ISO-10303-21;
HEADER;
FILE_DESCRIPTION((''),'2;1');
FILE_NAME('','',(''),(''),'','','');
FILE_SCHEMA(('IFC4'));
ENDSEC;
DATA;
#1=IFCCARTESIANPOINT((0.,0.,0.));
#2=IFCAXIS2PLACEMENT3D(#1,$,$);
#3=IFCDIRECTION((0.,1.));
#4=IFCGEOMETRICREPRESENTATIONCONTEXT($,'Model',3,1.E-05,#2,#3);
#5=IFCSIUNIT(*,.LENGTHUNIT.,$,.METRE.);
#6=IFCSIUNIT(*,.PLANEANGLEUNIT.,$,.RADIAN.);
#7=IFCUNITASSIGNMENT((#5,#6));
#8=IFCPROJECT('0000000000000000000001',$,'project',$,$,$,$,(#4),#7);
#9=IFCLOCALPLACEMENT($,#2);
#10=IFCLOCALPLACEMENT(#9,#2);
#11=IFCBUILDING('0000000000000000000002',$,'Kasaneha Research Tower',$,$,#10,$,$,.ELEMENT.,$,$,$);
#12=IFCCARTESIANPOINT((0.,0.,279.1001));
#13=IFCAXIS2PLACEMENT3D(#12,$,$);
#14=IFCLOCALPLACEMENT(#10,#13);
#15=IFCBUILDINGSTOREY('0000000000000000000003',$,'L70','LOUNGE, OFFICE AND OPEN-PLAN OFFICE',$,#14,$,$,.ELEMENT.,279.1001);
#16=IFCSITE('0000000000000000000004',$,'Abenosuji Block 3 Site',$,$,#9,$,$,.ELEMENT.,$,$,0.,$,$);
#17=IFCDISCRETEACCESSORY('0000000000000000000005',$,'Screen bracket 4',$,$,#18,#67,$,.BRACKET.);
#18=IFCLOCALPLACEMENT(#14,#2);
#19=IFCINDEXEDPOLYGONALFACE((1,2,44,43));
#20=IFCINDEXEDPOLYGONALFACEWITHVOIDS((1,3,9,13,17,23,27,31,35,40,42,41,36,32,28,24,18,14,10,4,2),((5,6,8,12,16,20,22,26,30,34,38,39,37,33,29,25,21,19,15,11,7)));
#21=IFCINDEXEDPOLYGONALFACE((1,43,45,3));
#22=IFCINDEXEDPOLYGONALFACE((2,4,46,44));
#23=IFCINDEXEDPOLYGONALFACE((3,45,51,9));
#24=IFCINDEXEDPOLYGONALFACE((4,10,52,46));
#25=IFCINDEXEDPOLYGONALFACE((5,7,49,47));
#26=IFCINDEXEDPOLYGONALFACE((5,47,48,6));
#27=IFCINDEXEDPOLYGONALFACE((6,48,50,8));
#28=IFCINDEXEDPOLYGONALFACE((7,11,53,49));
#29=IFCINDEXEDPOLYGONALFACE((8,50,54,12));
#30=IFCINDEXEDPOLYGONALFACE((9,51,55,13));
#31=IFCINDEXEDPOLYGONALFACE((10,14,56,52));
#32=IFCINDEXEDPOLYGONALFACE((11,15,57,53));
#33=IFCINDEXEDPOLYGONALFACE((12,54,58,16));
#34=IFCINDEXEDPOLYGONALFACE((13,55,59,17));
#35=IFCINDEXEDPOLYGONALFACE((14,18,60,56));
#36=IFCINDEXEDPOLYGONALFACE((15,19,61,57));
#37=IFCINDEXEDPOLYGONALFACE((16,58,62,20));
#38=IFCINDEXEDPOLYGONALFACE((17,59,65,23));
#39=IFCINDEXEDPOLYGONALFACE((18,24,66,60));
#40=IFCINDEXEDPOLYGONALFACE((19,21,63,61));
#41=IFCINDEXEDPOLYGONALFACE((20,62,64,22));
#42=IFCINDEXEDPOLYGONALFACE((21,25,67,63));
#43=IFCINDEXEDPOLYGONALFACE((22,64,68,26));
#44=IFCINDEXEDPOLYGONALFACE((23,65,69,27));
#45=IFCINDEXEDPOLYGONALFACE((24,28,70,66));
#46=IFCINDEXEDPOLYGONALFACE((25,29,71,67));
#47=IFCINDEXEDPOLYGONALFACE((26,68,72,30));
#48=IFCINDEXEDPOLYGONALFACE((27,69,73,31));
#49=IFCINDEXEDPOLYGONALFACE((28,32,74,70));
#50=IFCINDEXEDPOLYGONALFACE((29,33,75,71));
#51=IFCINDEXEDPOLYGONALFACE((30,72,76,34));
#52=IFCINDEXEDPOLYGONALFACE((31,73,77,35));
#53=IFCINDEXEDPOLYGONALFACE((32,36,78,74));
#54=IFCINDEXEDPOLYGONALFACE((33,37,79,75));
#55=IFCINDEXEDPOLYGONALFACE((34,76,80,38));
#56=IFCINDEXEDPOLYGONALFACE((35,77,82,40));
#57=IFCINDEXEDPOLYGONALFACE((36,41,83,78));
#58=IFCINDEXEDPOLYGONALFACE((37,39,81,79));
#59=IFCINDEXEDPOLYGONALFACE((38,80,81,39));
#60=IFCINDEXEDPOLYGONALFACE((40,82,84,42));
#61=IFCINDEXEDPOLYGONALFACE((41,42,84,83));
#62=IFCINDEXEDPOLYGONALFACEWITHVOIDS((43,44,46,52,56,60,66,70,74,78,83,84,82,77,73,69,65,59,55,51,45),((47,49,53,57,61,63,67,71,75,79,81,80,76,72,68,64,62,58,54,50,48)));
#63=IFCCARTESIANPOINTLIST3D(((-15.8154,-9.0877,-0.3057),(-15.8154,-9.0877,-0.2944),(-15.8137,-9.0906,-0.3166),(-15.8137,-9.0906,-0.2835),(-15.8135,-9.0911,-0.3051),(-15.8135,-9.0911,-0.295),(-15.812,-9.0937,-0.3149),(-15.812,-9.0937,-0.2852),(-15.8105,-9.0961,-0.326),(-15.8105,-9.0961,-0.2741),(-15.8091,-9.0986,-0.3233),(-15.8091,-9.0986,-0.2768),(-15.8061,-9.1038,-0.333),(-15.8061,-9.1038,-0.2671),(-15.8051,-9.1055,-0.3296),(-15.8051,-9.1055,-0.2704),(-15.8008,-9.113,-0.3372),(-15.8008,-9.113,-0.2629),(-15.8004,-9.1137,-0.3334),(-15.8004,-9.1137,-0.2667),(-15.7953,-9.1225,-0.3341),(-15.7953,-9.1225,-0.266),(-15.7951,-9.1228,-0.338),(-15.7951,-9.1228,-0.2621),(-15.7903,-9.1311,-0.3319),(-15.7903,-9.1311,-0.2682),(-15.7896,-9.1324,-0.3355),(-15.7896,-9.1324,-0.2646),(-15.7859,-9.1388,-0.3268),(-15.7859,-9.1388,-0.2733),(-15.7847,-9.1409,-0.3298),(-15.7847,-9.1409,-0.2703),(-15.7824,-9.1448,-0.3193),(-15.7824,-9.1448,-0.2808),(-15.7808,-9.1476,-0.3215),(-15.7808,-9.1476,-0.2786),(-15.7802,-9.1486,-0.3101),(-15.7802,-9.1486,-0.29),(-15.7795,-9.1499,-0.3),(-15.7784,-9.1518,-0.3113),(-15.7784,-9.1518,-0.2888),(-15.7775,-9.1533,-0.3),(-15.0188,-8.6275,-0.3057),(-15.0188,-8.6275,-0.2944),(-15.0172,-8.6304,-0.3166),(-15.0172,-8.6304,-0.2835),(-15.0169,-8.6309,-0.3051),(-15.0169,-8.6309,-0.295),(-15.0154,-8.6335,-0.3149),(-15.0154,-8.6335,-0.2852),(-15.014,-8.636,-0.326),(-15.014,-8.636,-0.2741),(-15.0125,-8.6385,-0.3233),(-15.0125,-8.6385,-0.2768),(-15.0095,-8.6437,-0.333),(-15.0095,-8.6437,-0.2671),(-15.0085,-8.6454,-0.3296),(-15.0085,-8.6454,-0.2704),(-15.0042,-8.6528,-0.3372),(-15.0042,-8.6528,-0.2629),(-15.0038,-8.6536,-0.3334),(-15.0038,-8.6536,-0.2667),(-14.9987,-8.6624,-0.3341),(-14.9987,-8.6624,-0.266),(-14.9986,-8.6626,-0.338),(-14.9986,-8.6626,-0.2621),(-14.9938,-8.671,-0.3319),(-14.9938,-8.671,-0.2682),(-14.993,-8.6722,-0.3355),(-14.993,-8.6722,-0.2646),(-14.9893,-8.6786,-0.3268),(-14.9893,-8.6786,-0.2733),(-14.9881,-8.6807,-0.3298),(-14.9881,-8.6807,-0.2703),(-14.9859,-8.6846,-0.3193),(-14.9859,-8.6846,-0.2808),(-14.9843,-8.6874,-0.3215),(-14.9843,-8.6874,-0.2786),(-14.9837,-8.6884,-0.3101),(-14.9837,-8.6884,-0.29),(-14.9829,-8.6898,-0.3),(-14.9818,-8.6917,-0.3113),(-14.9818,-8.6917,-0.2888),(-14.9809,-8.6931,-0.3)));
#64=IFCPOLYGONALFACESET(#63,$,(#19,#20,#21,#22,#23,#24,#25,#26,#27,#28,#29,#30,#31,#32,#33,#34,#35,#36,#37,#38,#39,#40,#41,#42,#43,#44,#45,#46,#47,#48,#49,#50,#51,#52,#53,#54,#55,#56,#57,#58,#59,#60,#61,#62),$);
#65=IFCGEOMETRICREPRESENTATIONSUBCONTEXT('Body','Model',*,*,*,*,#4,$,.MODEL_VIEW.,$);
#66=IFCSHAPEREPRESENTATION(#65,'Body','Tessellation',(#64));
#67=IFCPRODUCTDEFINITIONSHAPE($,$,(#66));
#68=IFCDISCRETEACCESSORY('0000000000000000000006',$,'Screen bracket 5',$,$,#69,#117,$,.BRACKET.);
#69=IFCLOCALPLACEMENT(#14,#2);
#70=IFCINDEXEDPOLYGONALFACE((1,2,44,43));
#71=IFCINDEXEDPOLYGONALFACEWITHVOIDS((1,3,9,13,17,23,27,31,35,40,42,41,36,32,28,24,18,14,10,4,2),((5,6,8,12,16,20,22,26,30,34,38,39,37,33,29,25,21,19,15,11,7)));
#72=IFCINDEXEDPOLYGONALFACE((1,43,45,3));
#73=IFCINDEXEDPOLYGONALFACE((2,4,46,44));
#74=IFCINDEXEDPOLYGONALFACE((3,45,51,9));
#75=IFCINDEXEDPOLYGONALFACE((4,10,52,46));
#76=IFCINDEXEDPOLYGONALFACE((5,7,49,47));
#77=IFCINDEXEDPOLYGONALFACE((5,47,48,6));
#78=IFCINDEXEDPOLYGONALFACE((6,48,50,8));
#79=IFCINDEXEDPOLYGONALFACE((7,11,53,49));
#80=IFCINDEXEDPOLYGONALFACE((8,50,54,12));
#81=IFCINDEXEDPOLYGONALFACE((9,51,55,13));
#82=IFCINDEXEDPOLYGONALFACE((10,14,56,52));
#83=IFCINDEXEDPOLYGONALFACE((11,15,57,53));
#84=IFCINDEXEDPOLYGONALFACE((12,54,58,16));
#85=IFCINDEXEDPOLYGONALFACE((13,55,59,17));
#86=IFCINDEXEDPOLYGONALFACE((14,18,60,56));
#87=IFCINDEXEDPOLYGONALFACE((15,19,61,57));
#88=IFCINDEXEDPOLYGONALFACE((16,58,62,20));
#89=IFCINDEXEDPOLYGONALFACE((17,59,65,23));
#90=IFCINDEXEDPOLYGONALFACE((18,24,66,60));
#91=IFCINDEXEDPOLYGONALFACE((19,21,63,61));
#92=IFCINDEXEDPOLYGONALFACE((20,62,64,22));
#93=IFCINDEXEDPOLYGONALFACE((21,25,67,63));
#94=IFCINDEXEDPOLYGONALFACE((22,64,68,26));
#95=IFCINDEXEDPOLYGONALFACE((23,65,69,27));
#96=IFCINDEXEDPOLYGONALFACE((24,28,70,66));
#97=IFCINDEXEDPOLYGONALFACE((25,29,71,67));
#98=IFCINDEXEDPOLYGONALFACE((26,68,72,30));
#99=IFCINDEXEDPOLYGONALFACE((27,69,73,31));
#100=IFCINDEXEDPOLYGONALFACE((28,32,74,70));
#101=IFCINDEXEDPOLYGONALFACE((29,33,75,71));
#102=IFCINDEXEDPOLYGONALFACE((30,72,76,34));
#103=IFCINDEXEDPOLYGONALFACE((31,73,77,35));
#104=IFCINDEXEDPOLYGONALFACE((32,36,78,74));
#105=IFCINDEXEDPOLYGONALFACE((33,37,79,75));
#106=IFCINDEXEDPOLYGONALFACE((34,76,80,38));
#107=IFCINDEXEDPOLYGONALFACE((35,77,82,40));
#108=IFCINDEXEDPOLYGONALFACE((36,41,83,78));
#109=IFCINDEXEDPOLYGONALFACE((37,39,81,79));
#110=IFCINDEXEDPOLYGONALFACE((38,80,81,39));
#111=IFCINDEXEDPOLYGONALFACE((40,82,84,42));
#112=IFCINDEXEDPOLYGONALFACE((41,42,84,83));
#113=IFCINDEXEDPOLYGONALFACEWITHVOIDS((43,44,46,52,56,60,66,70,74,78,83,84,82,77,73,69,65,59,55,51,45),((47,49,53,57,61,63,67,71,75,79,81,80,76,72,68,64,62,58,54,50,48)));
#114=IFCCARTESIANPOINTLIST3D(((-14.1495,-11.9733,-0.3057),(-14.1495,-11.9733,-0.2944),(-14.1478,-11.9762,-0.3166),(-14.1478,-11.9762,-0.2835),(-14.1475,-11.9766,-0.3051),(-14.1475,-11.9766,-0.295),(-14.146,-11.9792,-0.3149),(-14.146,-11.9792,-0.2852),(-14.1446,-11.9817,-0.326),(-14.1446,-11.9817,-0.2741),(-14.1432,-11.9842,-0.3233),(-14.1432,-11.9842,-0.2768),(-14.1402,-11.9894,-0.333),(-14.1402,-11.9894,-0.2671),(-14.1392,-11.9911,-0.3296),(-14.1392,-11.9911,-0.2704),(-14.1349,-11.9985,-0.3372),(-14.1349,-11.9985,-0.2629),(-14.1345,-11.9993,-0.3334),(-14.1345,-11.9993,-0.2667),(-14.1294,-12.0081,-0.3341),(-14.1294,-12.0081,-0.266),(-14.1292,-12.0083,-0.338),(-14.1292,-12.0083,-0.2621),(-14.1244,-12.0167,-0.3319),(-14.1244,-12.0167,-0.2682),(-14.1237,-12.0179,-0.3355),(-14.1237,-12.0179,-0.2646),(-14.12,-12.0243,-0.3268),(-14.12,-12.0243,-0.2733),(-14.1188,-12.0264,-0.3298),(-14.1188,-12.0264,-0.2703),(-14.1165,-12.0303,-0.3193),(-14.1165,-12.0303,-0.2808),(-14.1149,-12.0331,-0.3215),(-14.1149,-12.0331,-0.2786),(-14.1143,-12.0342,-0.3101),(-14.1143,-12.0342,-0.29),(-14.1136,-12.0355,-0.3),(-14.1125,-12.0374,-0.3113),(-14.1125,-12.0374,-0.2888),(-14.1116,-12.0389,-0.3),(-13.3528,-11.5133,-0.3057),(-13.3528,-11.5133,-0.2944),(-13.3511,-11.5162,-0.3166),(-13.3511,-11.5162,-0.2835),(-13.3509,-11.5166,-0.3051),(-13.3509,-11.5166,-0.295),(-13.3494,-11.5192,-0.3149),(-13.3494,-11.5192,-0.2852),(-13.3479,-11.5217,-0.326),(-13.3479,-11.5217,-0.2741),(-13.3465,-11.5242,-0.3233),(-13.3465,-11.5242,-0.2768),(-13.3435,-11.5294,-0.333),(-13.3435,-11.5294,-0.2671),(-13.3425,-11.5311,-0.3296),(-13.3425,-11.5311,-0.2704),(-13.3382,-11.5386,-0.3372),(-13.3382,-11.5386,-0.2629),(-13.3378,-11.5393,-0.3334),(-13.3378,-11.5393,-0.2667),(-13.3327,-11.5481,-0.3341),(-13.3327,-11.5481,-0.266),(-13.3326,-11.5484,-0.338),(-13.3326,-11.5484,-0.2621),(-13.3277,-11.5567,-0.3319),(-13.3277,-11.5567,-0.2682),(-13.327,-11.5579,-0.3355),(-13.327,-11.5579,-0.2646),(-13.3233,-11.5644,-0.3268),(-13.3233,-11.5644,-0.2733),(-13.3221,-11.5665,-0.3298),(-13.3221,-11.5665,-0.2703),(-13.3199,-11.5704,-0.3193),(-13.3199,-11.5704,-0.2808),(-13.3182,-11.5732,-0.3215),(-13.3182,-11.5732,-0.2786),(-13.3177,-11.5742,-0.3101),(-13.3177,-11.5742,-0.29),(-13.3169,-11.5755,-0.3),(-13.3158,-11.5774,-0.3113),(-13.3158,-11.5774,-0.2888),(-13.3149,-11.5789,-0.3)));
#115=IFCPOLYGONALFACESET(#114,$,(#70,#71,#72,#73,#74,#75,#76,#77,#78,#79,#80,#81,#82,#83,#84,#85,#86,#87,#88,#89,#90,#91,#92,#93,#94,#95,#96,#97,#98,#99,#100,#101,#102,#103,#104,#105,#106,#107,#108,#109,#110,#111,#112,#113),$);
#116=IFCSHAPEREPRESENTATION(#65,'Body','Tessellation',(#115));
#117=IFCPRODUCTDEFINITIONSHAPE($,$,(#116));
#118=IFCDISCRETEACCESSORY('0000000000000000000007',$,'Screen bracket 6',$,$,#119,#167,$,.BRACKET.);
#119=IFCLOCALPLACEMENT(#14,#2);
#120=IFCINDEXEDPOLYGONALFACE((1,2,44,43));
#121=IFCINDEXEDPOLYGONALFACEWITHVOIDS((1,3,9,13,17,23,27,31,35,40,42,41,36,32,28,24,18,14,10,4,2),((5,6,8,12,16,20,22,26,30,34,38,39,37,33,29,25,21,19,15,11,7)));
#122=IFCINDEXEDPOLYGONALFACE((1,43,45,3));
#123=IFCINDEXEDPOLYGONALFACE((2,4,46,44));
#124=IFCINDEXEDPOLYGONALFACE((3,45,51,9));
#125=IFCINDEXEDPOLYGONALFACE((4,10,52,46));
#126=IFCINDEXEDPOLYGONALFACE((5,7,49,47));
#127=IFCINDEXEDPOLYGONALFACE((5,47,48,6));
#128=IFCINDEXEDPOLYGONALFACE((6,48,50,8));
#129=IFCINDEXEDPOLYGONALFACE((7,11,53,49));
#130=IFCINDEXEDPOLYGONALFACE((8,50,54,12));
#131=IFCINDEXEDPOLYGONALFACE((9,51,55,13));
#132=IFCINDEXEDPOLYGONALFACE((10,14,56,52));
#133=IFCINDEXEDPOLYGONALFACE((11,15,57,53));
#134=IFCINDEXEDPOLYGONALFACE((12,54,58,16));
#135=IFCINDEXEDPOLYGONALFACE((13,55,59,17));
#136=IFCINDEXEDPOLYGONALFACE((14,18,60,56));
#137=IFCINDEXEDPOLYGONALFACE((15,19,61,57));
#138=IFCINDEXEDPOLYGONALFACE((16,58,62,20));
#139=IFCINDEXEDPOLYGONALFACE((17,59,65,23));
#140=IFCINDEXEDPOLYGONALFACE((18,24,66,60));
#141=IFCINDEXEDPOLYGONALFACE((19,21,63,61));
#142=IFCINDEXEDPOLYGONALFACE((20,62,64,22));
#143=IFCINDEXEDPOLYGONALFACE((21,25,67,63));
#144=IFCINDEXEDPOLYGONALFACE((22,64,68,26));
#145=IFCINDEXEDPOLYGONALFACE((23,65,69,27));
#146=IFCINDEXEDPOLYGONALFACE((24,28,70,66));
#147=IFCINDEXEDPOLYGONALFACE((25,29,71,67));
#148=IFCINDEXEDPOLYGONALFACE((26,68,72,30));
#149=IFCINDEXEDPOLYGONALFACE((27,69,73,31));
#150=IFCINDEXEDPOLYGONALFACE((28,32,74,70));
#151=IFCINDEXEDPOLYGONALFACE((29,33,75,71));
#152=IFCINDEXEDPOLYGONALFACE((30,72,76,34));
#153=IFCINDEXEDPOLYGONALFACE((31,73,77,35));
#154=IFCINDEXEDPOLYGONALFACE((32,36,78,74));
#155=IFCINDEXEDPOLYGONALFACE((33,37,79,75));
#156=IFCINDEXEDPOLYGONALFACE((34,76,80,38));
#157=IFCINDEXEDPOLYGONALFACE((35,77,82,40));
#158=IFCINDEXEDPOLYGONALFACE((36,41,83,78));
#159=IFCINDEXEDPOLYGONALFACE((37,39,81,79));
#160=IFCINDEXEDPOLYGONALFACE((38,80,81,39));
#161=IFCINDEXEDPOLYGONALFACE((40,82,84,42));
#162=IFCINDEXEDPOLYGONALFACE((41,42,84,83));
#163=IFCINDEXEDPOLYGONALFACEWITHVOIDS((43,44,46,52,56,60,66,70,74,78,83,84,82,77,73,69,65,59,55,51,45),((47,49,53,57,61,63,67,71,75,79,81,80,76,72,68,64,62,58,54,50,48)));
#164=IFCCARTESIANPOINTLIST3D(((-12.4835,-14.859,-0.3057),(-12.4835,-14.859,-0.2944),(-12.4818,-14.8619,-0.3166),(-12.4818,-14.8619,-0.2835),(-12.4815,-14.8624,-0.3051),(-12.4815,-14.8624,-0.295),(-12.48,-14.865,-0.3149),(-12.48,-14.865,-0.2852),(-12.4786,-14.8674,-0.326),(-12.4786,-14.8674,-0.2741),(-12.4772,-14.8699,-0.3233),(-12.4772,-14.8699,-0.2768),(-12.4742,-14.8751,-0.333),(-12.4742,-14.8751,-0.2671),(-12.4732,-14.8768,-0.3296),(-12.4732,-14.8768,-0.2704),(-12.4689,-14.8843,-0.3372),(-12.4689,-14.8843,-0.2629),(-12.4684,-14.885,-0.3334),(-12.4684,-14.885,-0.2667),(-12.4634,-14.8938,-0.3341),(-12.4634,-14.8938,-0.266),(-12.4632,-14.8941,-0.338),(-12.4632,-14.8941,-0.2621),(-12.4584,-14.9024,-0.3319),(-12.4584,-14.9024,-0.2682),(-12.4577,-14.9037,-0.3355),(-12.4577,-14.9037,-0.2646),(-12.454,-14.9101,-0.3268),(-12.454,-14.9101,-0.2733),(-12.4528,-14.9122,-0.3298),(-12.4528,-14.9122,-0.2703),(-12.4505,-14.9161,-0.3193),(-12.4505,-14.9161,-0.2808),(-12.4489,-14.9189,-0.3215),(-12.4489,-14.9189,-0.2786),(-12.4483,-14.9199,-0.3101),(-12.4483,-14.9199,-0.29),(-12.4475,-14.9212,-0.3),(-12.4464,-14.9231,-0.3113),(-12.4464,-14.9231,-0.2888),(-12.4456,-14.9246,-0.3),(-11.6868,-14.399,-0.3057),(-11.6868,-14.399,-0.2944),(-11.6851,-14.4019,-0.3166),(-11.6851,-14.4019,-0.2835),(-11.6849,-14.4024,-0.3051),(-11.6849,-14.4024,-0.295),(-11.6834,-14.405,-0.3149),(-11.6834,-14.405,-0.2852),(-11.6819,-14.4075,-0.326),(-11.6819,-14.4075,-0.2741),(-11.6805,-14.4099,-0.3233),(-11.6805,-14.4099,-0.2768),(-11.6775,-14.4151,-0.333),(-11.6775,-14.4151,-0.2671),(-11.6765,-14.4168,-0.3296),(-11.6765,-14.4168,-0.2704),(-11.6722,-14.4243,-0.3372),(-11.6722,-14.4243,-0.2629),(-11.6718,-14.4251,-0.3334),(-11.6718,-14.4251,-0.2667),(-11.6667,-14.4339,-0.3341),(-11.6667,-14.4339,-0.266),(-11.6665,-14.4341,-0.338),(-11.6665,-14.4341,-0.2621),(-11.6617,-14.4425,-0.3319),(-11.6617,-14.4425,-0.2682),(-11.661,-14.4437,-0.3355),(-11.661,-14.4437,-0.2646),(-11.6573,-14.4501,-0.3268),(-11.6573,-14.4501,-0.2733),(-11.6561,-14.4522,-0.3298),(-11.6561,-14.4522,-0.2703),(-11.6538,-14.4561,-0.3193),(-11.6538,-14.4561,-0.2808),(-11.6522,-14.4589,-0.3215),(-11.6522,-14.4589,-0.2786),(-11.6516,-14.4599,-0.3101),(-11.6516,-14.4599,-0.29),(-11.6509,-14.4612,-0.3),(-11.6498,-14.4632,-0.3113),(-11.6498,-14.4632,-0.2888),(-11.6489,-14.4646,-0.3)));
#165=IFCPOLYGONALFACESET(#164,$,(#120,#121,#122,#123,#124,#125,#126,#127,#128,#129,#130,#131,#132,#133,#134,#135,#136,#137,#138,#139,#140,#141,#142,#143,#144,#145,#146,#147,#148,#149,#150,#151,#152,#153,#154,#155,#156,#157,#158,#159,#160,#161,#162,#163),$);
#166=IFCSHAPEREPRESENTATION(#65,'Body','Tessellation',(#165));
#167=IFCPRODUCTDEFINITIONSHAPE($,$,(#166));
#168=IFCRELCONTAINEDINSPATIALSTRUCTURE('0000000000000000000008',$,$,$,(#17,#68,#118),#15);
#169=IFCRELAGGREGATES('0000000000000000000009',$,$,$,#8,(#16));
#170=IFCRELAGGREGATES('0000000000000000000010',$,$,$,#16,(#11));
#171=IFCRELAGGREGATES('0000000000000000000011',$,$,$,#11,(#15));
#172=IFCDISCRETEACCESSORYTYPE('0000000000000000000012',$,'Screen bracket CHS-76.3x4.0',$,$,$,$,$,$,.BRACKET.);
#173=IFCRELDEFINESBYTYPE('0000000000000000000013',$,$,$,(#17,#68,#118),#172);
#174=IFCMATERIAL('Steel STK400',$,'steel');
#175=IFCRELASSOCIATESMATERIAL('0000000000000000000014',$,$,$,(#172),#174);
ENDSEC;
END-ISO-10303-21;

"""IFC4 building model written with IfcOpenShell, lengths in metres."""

from ifc_helpers import new_model, si_unit, direction, frame, origin, origin_2d, place, context, subcontext, project, spatial, hollow_circle, extrude, material, material_profile, profile_set, type_object, element, save


model = new_model("IFC4")

# Units and contexts
model_context = context("Model", 3, precision=1e-05, world=origin(), true_north=direction((0.0, 1.0)))
body_context = subcontext(model_context, "Body", "Model", "MODEL_VIEW")
ifc_project = project(units=[si_unit("LENGTHUNIT", "METRE"), si_unit("PLANEANGLEUNIT", "RADIAN")], contexts=[model_context])

# Site, building, storey
site_placement = place(None, origin())
site = spatial("IfcSite", under=ifc_project, at=site_placement, Name="Abenosuji Block 3 Site", CompositionType="ELEMENT", RefElevation=0.0)
building_placement = place(site_placement, origin())
building = spatial("IfcBuilding", under=site, at=building_placement, Name="Kasaneha Research Tower", CompositionType="ELEMENT")
storey_placement = place(building_placement, frame((0.0, 0.0, 279.1001)))
storey = spatial("IfcBuildingStorey", under=building, at=storey_placement, Name="L70", Description="LOUNGE, OFFICE AND OPEN-PLAN OFFICE", CompositionType="ELEMENT", Elevation=279.1001)

# Discrete accessories
ifc_material_1 = material(Name="Steel STK400", Category="steel")
ifc_material_profile_1 = material_profile(ifc_material_1, hollow_circle(Radius=0.0381, WallThickness=0.0039, at=origin_2d()), Name="CHS-76.3x4.0")
ifc_profile_set_1 = profile_set([ifc_material_profile_1], Name="Steel STK400")
discrete_accessory_type = type_object("IfcDiscreteAccessoryType", Name="Screen bracket CHS-76.3x4.0", PredefinedType="BRACKET", material=ifc_profile_set_1)
for number, where, z_axis, x_axis, name in (
    (1, (-15.0, -8.6602, -0.3), (-0.865898, -0.50022, 0.0), (0.50022, -0.865898, 0.0), "Screen bracket 4"),
    (2, (-13.334, -11.5459, -0.3), (-0.866013, -0.500021, 0.0), (0.500021, -0.866013, 0.0), "Screen bracket 5"),
    (3, (-11.668, -14.4316, -0.3), (-0.866013, -0.500021, 0.0), (0.500021, -0.866013, 0.0), "Screen bracket 6"),
):
    element("IfcDiscreteAccessory", number, at=place(storey_placement, frame(where, z_axis=z_axis, x_axis=x_axis)), inside=storey, type_object=discrete_accessory_type, Name=name, PredefinedType="BRACKET", context=body_context, shape_type="SweptSolid", body=[
        extrude(hollow_circle(Radius=0.0381, WallThickness=0.0039, at=origin_2d()), origin(), (0.0, 0.0, 1.0), 0.9199),
    ])

save(model, "model.ifc")
